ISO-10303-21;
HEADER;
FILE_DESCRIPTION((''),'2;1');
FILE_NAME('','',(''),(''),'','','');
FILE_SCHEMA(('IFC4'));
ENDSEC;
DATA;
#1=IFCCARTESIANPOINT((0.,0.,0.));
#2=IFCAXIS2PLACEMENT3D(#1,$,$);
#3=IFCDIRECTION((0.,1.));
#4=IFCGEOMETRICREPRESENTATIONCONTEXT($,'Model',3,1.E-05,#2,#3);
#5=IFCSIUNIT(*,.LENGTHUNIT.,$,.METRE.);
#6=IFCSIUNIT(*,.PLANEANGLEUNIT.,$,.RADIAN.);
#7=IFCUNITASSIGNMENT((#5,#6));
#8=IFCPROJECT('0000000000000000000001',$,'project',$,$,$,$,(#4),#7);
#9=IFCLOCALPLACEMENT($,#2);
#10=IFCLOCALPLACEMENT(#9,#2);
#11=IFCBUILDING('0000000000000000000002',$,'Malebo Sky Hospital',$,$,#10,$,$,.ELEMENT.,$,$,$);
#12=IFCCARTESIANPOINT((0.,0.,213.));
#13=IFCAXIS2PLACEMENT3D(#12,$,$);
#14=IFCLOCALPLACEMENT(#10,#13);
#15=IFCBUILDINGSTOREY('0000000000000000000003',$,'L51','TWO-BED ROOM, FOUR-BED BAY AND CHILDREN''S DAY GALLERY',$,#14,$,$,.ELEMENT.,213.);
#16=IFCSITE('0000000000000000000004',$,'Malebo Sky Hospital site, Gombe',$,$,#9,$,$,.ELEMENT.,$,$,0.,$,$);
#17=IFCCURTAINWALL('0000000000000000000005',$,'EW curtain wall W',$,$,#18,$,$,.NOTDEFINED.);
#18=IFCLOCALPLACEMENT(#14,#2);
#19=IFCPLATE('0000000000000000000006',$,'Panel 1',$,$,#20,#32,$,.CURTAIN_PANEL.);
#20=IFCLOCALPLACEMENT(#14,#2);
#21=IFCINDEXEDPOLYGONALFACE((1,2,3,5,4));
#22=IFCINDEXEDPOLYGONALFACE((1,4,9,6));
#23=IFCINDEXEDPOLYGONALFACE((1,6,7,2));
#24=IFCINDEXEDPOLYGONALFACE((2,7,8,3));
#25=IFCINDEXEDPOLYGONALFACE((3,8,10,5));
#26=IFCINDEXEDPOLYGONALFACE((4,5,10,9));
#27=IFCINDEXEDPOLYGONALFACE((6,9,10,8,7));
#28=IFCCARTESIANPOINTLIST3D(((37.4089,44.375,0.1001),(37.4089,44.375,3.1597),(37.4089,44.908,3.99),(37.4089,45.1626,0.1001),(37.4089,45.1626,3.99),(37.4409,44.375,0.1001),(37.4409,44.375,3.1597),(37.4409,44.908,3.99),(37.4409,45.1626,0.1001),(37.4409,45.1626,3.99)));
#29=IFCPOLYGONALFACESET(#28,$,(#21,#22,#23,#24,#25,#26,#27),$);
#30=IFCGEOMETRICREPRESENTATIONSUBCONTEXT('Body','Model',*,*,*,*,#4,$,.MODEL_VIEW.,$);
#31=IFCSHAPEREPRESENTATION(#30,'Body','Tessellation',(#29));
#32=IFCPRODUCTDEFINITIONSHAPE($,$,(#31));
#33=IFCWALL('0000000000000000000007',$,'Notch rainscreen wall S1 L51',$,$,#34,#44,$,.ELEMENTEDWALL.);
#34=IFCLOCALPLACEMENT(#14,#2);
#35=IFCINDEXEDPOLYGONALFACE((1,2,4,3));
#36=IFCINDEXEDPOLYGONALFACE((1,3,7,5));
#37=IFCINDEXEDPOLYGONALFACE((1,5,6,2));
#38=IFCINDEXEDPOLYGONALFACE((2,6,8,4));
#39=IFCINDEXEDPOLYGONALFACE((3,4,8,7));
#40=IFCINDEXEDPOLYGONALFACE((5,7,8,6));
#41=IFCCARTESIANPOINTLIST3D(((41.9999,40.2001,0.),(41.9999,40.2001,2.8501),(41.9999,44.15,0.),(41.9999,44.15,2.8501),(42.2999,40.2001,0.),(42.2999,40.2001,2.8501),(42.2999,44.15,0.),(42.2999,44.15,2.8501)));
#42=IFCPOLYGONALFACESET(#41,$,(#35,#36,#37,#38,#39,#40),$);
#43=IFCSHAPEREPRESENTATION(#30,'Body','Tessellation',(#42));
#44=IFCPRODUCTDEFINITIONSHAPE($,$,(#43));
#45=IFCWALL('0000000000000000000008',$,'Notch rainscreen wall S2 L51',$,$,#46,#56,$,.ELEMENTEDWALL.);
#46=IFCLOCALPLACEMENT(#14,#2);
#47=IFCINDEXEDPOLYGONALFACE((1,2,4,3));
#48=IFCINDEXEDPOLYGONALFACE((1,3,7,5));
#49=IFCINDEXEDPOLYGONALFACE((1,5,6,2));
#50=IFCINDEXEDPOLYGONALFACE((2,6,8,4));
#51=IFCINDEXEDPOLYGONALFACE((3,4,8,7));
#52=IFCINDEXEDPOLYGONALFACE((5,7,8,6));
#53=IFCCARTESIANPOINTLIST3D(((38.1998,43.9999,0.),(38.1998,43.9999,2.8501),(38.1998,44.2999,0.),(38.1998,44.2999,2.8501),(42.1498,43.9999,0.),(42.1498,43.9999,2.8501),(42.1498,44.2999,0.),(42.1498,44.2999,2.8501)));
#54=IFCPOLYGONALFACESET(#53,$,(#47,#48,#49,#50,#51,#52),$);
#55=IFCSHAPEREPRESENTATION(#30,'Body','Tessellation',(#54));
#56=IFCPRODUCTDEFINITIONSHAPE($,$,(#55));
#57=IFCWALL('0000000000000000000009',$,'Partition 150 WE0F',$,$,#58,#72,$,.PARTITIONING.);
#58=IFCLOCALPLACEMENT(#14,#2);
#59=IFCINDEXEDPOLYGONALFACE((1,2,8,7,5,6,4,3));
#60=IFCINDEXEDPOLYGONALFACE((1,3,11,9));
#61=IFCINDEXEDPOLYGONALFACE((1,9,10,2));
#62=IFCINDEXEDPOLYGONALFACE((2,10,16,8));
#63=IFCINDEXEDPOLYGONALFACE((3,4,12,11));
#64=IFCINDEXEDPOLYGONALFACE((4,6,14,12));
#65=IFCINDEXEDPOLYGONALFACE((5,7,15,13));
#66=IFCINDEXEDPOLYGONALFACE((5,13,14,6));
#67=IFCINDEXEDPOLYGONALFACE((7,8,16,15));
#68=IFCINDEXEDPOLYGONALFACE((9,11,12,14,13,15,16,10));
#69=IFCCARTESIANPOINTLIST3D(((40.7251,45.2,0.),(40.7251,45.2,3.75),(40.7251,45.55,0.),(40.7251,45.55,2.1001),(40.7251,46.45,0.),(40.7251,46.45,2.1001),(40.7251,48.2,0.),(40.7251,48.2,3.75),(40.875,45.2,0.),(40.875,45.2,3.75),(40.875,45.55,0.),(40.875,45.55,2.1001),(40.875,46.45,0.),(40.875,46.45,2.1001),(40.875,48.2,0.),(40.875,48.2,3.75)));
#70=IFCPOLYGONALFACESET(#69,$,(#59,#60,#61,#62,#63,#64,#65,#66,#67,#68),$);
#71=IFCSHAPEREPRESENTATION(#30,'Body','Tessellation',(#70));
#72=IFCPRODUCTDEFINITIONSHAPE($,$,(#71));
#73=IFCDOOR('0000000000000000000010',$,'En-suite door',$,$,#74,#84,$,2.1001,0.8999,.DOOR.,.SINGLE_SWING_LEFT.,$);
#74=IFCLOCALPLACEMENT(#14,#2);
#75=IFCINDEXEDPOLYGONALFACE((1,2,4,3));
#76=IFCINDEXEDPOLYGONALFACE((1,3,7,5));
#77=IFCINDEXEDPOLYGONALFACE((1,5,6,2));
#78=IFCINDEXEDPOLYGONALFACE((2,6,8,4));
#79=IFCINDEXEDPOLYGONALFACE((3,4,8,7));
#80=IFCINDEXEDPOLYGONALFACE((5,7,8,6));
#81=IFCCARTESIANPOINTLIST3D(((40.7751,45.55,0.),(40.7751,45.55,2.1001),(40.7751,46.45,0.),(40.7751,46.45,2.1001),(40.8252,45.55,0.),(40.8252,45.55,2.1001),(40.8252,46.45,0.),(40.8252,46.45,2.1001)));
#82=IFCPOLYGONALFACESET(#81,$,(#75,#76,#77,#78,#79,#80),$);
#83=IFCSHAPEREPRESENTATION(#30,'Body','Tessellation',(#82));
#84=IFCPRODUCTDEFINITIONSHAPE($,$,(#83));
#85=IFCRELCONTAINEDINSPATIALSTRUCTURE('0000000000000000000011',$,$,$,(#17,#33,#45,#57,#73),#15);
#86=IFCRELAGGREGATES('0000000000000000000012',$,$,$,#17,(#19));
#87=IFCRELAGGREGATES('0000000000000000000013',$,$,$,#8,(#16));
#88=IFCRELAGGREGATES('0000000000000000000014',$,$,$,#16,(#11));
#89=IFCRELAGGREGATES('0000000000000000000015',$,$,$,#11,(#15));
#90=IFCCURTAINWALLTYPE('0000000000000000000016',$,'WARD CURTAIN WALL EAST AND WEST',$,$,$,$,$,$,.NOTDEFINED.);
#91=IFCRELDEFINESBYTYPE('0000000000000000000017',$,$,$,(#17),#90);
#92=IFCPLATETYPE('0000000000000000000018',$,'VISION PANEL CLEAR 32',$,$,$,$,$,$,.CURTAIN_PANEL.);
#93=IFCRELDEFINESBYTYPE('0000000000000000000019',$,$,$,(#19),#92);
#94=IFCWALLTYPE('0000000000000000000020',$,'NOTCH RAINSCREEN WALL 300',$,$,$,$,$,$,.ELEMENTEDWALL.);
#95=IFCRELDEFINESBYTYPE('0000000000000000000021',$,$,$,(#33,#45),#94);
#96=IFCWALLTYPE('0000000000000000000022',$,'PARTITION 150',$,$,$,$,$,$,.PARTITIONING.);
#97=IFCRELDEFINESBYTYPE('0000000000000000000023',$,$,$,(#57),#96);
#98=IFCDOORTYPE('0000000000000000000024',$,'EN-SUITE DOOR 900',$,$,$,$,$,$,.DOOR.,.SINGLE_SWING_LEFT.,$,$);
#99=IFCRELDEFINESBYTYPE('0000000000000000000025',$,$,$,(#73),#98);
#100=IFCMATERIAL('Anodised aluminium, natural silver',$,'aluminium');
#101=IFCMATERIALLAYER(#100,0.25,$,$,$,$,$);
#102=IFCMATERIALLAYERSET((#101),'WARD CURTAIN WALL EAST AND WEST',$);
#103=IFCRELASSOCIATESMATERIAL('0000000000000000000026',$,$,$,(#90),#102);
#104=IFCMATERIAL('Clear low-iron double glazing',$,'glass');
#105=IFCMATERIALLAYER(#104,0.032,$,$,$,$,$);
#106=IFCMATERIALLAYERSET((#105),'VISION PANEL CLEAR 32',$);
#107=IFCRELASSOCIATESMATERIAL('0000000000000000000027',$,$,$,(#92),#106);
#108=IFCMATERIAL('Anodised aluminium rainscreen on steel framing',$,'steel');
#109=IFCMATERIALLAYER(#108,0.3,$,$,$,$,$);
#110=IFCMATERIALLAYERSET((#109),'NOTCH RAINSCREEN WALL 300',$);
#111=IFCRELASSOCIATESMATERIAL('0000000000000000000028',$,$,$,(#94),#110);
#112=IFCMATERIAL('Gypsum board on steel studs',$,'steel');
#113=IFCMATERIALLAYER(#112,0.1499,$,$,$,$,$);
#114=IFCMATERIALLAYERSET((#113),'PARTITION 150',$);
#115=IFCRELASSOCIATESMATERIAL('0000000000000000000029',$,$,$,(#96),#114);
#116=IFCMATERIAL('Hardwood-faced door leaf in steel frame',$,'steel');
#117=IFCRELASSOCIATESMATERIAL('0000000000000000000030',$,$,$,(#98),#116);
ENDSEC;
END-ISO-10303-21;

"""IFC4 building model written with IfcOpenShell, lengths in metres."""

from ifc_helpers import new_model, si_unit, direction, frame, frame_2d, origin, place, context, subcontext, project, spatial, polyline, rectangle, outline, extrude, material, layer, layer_set, type_object, element, fill, aggregate, save


model = new_model("IFC4")

# Units and contexts
model_context = context("Model", 3, precision=1e-05, world=origin(), true_north=direction((0.0, 1.0)))
body_context = subcontext(model_context, "Body", "Model", "MODEL_VIEW")
ifc_project = project(units=[si_unit("LENGTHUNIT", "METRE"), si_unit("PLANEANGLEUNIT", "RADIAN")], contexts=[model_context])

# Site, building, storey
site_placement = place(None, origin())
site = spatial("IfcSite", under=ifc_project, at=site_placement, Name="Malebo Sky Hospital site, Gombe", CompositionType="ELEMENT", RefElevation=0.0)
building_placement = place(site_placement, origin())
building = spatial("IfcBuilding", under=site, at=building_placement, Name="Malebo Sky Hospital", CompositionType="ELEMENT")
storey_placement = place(building_placement, frame((0.0, 0.0, 213.0)))
storey = spatial("IfcBuildingStorey", under=building, at=storey_placement, Name="L51", Description="TWO-BED ROOM, FOUR-BED BAY AND CHILDREN'S DAY GALLERY", CompositionType="ELEMENT", Elevation=213.0)

# Curtain wall
ifc_material_1 = material(Name="Anodised aluminium, natural silver", Category="aluminium")
ifc_layer_1 = layer(ifc_material_1, 0.25)
ifc_layer_set_1 = layer_set([ifc_layer_1], Name="WARD CURTAIN WALL EAST AND WEST")
curtain_wall_type_1 = type_object("IfcCurtainWallType", Name="WARD CURTAIN WALL EAST AND WEST", PredefinedType="NOTDEFINED", material=ifc_layer_set_1)
curtain_wall_1_placement = place(storey_placement, origin())
curtain_wall_1 = element("IfcCurtainWall", 1, at=curtain_wall_1_placement, inside=storey, type_object=curtain_wall_type_1, Name="EW curtain wall W", PredefinedType="NOTDEFINED")

# Plate
ifc_material_2 = material(Name="Clear low-iron double glazing", Category="glass")
ifc_layer_2 = layer(ifc_material_2, 0.032)
ifc_layer_set_2 = layer_set([ifc_layer_2], Name="VISION PANEL CLEAR 32")
plate_type = type_object("IfcPlateType", Name="VISION PANEL CLEAR 32", PredefinedType="CURTAIN_PANEL", material=ifc_layer_set_2)
plate_placement = place(storey_placement, frame((37.425, 44.7688, 0.1001), z_axis=(0.0, 0.0, 1.0), x_axis=(0.0, 1.0, 0.0)))
plate = element("IfcPlate", 2, at=plate_placement, type_object=plate_type, Name="Panel 1", PredefinedType="CURTAIN_PANEL", context=body_context, shape_type="SweptSolid", body=[
    extrude(outline(polyline([(-0.3938, 0.0), (0.3938, 0.0), (0.3938, 3.8899), (0.1392, 3.8899), (-0.3938, 3.0596), (-0.3938, 0.0)])), frame((0.0, 0.0161, 0.0), z_axis=(0.0, -1.0, 0.0), x_axis=(1.0, 0.0, 0.0)), (0.0, 0.0, 1.0), 0.032),
])
aggregate(curtain_wall_1, [plate])

# Walls
ifc_material_3 = material(Name="Anodised aluminium rainscreen on steel framing", Category="steel")
ifc_layer_3 = layer(ifc_material_3, 0.3)
ifc_layer_set_3 = layer_set([ifc_layer_3], Name="NOTCH RAINSCREEN WALL 300")
wall_type_1 = type_object("IfcWallType", Name="NOTCH RAINSCREEN WALL 300", PredefinedType="ELEMENTEDWALL", material=ifc_layer_set_3)
for number, where, z_axis, x_axis, name in (
    (3, (42.1499, 40.2, 0.0), (0.0, 0.0, 1.0), (0.0, 1.0, 0.0), "Notch rainscreen wall S1 L51"),
    (4, (42.1499, 44.1499, 0.0), (0.0, 0.0, 1.0), (-1.0, 0.0, 0.0), "Notch rainscreen wall S2 L51"),
):
    element("IfcWall", number, at=place(storey_placement, frame(where, z_axis=z_axis, x_axis=x_axis)), inside=storey, type_object=wall_type_1, Name=name, PredefinedType="ELEMENTEDWALL", context=body_context, shape_type="SweptSolid", body=[
        extrude(rectangle(XDim=3.95, YDim=0.3, at=frame_2d((1.9751, 0.0))), origin(), (0.0, 0.0, 1.0), 2.8501),
    ])

# Wall, opening, door
ifc_material_4 = material(Name="Gypsum board on steel studs", Category="steel")
ifc_layer_4 = layer(ifc_material_4, 0.1499)
ifc_layer_set_4 = layer_set([ifc_layer_4], Name="PARTITION 150")
wall_type_2 = type_object("IfcWallType", Name="PARTITION 150", PredefinedType="PARTITIONING", material=ifc_layer_set_4)
wall_placement = place(storey_placement, frame((40.8, 45.2, 0.0), z_axis=(0.0, 0.0, 1.0), x_axis=(0.0, 1.0, 0.0)))
wall = element("IfcWall", 5, at=wall_placement, inside=storey, type_object=wall_type_2, Name="Partition 150 WE0F", PredefinedType="PARTITIONING", context=body_context, shape_type="SweptSolid", body=[
    extrude(rectangle(XDim=3.0, YDim=0.1499, at=frame_2d((1.5, 0.0))), origin(), (0.0, 0.0, 1.0), 3.75),
])
opening_placement = place(wall_placement, frame((0.3501, 0.0, 0.0)))
opening = element("IfcOpeningElement", 6, at=opening_placement, cuts=wall, PredefinedType="OPENING", context=body_context, shape_type="SweptSolid", body=[
    extrude(rectangle(XDim=0.8999, YDim=2.1001, at=frame_2d((0.45, 1.05))), frame((0.0, 0.085, 0.0), z_axis=(0.0, -1.0, 0.0), x_axis=(1.0, 0.0, 0.0)), (0.0, 0.0, 1.0), 0.1699),
])
ifc_material_5 = material(Name="Hardwood-faced door leaf in steel frame", Category="steel")
door_type = type_object("IfcDoorType", Name="EN-SUITE DOOR 900", OperationType="SINGLE_SWING_LEFT", PredefinedType="DOOR", material=ifc_material_5)
door_placement = place(opening_placement, origin())
door = element("IfcDoor", 7, at=door_placement, inside=storey, type_object=door_type, Name="En-suite door", OperationType="SINGLE_SWING_LEFT", OverallHeight=2.1001, OverallWidth=0.8999, PredefinedType="DOOR", context=body_context, shape_type="SweptSolid", body=[
    extrude(rectangle(XDim=0.8999, YDim=2.1001, at=frame_2d((0.45, 1.05))), frame((0.0, 0.0249, 0.0), z_axis=(0.0, -1.0, 0.0), x_axis=(1.0, 0.0, 0.0)), (0.0, 0.0, 1.0), 0.05),
])
fill(opening, door)

save(model, "model.ifc")
